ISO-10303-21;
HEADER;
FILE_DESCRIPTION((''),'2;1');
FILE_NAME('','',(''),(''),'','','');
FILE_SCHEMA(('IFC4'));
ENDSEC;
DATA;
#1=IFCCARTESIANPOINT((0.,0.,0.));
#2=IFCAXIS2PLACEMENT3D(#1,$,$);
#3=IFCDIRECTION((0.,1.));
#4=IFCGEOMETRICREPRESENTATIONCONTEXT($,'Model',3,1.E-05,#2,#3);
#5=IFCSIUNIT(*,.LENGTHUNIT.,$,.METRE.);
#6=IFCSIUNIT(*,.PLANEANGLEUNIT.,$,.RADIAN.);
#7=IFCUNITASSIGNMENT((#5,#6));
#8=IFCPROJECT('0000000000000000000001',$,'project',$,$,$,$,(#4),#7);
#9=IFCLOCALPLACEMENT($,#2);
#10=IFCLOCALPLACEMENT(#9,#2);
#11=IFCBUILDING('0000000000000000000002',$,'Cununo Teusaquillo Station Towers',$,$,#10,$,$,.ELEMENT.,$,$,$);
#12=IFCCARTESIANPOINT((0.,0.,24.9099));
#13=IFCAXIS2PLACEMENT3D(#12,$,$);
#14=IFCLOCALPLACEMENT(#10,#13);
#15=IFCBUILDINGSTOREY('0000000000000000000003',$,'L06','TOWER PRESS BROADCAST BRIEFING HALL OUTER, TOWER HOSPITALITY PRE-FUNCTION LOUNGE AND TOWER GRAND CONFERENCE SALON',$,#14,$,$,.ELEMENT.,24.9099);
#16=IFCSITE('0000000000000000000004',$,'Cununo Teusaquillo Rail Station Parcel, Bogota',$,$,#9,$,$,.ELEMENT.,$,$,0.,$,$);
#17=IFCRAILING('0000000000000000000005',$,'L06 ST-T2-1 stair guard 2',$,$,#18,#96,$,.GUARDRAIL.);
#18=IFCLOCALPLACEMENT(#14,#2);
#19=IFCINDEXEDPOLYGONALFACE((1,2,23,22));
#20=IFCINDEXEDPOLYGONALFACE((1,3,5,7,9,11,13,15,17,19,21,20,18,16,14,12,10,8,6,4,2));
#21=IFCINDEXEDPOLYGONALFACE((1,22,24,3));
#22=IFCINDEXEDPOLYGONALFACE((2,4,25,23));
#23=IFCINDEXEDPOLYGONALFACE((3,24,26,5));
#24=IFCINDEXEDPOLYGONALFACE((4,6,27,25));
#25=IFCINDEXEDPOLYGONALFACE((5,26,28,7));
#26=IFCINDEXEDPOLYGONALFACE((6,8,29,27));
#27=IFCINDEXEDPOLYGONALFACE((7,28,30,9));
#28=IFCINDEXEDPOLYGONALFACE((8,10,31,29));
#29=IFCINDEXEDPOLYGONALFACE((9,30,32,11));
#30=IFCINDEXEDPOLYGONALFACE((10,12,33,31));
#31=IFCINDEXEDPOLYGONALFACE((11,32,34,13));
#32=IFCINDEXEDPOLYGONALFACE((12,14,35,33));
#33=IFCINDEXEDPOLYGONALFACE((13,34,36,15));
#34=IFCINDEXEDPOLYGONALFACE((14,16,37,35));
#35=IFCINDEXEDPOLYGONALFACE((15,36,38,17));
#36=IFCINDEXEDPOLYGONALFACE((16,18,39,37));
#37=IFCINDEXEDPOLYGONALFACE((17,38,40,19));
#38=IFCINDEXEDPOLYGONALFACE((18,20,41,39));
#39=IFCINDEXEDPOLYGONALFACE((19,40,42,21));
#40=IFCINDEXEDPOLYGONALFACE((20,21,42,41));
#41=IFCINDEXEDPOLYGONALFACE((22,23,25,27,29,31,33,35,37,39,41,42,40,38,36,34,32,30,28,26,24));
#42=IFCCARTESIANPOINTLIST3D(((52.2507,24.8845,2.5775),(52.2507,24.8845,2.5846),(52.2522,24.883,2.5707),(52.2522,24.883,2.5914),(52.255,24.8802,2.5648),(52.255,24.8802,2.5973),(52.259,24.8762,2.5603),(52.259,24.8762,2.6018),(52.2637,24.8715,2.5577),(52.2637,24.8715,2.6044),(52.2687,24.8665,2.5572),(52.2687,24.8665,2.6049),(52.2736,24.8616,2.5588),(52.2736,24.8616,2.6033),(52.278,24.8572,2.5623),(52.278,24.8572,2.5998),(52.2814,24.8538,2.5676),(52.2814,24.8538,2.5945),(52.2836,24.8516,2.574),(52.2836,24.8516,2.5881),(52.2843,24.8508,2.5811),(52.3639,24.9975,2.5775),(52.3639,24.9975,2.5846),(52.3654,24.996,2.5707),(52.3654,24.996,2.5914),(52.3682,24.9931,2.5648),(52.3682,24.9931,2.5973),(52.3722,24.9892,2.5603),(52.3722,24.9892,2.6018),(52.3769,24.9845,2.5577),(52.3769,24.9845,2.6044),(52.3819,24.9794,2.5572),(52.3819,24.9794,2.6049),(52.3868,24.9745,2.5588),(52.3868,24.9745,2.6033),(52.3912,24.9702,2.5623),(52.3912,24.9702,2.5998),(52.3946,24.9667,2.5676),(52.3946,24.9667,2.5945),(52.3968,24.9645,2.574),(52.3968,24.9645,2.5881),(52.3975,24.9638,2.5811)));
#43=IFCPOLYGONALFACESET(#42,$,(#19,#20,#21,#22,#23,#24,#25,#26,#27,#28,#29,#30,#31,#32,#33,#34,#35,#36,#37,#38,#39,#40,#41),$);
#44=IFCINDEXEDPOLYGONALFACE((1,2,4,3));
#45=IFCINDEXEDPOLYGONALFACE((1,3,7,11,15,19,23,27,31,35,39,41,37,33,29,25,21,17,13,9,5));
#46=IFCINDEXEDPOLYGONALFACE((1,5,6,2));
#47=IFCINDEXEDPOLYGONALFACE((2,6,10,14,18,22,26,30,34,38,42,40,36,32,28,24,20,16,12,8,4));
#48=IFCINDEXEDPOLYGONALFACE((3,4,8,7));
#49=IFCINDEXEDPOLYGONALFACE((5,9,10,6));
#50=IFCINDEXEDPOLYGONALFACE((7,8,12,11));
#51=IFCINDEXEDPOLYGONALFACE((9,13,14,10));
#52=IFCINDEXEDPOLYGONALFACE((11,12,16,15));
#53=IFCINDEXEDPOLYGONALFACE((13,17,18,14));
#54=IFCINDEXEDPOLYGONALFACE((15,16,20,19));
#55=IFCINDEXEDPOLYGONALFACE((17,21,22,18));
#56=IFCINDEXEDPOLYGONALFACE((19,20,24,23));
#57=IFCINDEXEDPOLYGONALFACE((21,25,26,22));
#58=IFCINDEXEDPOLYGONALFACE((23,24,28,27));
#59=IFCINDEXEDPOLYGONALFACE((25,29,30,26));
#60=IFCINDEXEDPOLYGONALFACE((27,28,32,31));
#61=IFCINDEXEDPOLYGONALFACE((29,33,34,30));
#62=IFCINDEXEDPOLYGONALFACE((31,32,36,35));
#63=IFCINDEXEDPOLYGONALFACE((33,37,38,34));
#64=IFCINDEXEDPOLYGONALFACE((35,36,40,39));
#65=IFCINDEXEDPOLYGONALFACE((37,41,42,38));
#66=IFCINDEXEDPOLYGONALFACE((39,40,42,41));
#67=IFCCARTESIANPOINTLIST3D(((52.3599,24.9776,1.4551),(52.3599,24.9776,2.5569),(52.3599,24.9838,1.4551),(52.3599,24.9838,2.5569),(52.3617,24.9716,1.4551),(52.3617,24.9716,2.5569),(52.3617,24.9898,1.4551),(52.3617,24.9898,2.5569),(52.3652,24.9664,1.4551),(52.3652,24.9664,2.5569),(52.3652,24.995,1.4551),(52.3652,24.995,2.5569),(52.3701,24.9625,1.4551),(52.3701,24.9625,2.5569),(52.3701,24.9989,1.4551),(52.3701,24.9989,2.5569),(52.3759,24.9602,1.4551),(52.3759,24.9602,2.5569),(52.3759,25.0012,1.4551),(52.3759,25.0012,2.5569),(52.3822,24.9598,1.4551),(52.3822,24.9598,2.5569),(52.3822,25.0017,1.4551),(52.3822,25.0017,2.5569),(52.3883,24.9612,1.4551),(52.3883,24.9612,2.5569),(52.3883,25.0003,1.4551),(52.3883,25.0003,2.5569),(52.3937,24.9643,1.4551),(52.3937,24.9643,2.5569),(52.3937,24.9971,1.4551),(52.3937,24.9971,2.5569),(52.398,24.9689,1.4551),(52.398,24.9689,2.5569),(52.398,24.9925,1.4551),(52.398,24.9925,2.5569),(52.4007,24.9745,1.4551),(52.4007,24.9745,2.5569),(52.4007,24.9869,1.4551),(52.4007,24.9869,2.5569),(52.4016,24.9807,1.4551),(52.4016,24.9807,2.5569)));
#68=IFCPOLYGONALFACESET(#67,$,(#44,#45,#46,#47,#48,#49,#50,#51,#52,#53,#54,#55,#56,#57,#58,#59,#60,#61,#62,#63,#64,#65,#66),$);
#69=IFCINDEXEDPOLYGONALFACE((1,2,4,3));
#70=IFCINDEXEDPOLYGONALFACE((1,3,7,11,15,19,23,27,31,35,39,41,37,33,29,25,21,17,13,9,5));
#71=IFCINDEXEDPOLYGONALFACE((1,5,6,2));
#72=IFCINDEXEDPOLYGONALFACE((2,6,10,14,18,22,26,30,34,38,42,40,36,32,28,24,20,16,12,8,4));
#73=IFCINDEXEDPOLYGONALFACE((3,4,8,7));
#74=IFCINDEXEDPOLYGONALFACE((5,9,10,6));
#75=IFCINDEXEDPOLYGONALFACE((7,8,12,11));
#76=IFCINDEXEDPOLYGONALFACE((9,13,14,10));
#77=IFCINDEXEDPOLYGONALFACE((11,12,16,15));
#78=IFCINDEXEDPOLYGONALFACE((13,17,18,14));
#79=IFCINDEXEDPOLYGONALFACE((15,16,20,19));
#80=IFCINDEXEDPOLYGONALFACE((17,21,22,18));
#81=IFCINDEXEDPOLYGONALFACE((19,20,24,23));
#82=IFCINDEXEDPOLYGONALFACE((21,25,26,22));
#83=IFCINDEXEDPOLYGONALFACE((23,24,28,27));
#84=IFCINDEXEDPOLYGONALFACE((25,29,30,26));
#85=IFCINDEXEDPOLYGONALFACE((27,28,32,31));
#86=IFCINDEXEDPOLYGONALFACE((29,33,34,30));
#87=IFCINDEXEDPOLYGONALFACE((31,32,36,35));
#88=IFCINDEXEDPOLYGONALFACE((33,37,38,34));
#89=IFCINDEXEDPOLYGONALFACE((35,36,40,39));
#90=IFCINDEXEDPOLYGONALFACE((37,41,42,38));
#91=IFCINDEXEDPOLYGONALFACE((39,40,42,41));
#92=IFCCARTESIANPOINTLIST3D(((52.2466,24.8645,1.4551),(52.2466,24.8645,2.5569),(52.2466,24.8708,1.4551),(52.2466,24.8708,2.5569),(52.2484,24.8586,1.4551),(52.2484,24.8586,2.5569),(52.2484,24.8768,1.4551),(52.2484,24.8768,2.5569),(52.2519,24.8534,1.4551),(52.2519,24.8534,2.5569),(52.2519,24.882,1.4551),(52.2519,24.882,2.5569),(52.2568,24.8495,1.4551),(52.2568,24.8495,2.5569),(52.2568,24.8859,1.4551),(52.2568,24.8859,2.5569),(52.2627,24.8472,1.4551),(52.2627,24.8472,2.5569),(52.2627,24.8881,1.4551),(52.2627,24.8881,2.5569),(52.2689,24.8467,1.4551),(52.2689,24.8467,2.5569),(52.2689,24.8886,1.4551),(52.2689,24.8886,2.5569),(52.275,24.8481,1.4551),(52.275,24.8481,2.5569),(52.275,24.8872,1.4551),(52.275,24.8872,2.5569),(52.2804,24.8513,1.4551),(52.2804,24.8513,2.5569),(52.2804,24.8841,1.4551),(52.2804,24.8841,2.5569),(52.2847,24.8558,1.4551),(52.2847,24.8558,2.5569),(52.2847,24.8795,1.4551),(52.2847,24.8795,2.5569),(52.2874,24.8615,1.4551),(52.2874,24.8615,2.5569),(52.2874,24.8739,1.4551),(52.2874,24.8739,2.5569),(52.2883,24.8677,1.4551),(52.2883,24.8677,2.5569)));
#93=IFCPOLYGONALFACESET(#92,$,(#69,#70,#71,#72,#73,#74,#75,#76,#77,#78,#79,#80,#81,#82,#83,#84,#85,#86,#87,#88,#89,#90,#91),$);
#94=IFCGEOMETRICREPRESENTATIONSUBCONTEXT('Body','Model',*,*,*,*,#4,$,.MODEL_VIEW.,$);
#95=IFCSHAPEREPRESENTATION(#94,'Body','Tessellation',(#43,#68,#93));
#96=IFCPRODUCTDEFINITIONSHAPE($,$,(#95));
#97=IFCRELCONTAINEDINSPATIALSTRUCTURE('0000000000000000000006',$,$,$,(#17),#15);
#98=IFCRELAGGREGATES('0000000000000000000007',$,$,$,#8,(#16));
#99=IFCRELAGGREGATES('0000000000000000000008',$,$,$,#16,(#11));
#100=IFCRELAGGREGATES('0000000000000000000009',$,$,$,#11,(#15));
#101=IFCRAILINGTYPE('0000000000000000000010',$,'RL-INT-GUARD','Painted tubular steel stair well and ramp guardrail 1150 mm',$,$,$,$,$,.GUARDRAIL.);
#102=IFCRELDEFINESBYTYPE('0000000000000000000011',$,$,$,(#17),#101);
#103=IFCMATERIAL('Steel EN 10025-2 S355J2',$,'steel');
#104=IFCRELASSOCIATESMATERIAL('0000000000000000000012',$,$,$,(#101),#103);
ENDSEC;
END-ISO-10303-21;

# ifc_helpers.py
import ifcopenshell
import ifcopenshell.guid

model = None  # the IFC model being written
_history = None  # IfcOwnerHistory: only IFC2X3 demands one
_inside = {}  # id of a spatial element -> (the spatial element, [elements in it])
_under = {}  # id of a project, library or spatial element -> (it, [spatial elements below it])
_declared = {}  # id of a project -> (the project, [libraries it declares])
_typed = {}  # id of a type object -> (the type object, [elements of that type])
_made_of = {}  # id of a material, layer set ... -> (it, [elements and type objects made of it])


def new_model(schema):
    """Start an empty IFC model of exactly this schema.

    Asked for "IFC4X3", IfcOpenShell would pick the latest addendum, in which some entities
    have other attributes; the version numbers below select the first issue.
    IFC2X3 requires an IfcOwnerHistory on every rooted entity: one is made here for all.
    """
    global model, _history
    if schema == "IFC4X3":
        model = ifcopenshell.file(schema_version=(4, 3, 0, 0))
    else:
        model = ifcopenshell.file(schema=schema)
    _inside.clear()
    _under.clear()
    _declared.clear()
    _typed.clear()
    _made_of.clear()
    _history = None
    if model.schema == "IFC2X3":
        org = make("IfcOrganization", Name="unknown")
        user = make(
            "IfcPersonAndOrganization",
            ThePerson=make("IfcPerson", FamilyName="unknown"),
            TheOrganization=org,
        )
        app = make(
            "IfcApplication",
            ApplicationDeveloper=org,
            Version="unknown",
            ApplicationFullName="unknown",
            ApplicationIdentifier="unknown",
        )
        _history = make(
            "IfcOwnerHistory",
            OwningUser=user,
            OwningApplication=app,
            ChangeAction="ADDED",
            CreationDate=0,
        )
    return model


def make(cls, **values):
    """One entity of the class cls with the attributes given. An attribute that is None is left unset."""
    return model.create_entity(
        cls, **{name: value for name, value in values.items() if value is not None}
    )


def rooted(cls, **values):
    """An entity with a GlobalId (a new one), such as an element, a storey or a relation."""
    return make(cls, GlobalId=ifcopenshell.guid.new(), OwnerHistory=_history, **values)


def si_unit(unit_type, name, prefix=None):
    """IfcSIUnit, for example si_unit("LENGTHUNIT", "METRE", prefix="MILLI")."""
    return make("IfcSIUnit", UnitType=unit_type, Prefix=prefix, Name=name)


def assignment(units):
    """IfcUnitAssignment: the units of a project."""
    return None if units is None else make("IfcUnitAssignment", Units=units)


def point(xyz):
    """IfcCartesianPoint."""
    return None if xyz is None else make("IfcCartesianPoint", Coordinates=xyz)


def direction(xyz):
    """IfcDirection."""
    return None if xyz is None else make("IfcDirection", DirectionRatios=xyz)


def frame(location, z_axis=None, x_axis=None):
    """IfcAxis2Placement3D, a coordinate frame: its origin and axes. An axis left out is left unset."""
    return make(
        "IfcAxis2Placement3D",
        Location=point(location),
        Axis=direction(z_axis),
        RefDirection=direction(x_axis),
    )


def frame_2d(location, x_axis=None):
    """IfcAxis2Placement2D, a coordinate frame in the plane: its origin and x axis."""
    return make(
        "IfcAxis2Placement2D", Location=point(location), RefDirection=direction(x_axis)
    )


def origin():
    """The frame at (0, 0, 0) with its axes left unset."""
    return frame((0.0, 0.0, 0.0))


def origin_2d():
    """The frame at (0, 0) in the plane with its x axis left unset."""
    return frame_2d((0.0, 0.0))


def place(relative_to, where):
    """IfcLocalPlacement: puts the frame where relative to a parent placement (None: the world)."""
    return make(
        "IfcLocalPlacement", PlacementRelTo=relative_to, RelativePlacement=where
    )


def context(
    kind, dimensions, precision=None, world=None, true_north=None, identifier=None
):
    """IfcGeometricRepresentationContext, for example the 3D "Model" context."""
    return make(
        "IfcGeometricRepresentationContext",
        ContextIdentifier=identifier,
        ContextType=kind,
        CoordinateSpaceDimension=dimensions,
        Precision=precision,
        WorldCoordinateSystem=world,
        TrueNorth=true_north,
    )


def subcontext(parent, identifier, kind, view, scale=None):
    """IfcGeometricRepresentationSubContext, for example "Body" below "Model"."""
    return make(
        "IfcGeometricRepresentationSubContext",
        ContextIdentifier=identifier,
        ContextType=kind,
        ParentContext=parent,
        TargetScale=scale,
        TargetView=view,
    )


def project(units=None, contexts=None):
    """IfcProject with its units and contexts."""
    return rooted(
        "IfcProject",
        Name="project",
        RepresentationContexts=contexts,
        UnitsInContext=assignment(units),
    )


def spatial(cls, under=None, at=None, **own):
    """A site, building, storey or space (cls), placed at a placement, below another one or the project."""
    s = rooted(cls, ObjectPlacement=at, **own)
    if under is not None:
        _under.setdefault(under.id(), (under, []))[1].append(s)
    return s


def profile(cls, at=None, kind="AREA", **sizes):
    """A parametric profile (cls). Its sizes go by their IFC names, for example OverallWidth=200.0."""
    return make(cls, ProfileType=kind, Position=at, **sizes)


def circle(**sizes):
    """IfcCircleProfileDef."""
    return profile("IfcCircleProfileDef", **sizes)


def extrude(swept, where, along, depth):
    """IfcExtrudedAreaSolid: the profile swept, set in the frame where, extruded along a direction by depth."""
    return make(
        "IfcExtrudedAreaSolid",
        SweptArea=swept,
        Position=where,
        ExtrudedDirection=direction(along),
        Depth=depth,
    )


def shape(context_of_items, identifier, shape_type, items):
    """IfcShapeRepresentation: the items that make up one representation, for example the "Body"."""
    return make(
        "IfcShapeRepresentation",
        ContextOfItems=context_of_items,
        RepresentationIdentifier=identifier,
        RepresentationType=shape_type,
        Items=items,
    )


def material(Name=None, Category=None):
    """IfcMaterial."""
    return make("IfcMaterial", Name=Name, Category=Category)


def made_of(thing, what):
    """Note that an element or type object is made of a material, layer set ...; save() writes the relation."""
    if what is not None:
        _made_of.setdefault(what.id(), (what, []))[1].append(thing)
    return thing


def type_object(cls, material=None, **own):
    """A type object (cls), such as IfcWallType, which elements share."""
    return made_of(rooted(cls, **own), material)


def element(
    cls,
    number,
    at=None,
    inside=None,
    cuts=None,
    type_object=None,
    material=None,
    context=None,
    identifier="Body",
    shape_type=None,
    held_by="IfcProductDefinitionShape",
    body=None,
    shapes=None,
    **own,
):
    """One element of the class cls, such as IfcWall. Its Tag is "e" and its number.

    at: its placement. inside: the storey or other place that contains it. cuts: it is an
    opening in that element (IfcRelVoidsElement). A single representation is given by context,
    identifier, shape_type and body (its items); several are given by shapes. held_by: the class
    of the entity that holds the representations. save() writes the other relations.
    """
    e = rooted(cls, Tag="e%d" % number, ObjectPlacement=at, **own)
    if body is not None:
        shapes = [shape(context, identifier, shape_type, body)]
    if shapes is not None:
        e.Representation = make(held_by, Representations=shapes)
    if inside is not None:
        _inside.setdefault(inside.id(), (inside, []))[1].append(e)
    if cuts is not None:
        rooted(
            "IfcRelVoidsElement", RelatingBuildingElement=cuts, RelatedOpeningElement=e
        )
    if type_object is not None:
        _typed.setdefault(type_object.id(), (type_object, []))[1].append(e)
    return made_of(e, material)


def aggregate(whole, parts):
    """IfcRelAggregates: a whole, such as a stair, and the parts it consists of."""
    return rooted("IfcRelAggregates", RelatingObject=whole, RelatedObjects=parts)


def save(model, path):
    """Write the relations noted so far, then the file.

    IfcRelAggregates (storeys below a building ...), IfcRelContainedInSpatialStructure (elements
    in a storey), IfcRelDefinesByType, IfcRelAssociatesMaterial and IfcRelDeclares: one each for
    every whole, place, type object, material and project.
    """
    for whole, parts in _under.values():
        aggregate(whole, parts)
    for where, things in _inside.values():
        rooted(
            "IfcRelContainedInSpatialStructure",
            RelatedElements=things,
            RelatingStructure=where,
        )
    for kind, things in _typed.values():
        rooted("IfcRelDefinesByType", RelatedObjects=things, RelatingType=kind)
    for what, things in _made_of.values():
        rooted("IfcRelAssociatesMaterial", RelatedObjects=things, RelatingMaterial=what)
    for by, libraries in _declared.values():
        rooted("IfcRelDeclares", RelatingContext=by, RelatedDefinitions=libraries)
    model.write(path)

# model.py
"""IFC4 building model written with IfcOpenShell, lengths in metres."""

from ifc_helpers import new_model, si_unit, direction, frame, origin, origin_2d, place, context, subcontext, project, spatial, circle, extrude, material, type_object, element, save


model = new_model("IFC4")

# Units and contexts
model_context = context("Model", 3, precision=1e-05, world=origin(), true_north=direction((0.0, 1.0)))
body_context = subcontext(model_context, "Body", "Model", "MODEL_VIEW")
ifc_project = project(units=[si_unit("LENGTHUNIT", "METRE"), si_unit("PLANEANGLEUNIT", "RADIAN")], contexts=[model_context])

# Site, building, storey
site_placement = place(None, origin())
site = spatial("IfcSite", under=ifc_project, at=site_placement, Name="Cununo Teusaquillo Rail Station Parcel, Bogota", CompositionType="ELEMENT", RefElevation=0.0)
building_placement = place(site_placement, origin())
building = spatial("IfcBuilding", under=site, at=building_placement, Name="Cununo Teusaquillo Station Towers", CompositionType="ELEMENT")
storey_placement = place(building_placement, frame((0.0, 0.0, 24.9099)))
storey = spatial("IfcBuildingStorey", under=building, at=storey_placement, Name="L06", Description="TOWER PRESS BROADCAST BRIEFING HALL OUTER, TOWER HOSPITALITY PRE-FUNCTION LOUNGE AND TOWER GRAND CONFERENCE SALON", CompositionType="ELEMENT", Elevation=24.9099)

# Railing
ifc_material_1 = material(Name="Steel EN 10025-2 S355J2", Category="steel")
railing_type_1 = type_object("IfcRailingType", Name="RL-INT-GUARD", Description="Painted tubular steel stair well and ramp guardrail 1150 mm", PredefinedType="GUARDRAIL", material=ifc_material_1)
railing_1_placement = place(storey_placement, frame((52.3806, 24.9807, 1.4551)))
element("IfcRailing", 1, at=railing_1_placement, inside=storey, type_object=railing_type_1, Name="L06 ST-T2-1 stair guard 2", PredefinedType="GUARDRAIL", context=body_context, shape_type="SweptSolid", body=[
    extrude(circle(Radius=0.0239, at=origin_2d()), frame((0.0, 0.0, 1.126), z_axis=(-0.707869, -0.706344, 0.0), x_axis=(0.706344, -0.707869, 0.0)), (0.0, 0.0, 1.0), 0.1599),
    extrude(circle(Radius=0.021, at=origin_2d()), origin(), (0.0, 0.0, 1.0), 1.1018),
    extrude(circle(Radius=0.021, at=origin_2d()), frame((-0.1133, -0.113, 0.0)), (0.0, 0.0, 1.0), 1.1018),
])

save(model, "model.ifc")
